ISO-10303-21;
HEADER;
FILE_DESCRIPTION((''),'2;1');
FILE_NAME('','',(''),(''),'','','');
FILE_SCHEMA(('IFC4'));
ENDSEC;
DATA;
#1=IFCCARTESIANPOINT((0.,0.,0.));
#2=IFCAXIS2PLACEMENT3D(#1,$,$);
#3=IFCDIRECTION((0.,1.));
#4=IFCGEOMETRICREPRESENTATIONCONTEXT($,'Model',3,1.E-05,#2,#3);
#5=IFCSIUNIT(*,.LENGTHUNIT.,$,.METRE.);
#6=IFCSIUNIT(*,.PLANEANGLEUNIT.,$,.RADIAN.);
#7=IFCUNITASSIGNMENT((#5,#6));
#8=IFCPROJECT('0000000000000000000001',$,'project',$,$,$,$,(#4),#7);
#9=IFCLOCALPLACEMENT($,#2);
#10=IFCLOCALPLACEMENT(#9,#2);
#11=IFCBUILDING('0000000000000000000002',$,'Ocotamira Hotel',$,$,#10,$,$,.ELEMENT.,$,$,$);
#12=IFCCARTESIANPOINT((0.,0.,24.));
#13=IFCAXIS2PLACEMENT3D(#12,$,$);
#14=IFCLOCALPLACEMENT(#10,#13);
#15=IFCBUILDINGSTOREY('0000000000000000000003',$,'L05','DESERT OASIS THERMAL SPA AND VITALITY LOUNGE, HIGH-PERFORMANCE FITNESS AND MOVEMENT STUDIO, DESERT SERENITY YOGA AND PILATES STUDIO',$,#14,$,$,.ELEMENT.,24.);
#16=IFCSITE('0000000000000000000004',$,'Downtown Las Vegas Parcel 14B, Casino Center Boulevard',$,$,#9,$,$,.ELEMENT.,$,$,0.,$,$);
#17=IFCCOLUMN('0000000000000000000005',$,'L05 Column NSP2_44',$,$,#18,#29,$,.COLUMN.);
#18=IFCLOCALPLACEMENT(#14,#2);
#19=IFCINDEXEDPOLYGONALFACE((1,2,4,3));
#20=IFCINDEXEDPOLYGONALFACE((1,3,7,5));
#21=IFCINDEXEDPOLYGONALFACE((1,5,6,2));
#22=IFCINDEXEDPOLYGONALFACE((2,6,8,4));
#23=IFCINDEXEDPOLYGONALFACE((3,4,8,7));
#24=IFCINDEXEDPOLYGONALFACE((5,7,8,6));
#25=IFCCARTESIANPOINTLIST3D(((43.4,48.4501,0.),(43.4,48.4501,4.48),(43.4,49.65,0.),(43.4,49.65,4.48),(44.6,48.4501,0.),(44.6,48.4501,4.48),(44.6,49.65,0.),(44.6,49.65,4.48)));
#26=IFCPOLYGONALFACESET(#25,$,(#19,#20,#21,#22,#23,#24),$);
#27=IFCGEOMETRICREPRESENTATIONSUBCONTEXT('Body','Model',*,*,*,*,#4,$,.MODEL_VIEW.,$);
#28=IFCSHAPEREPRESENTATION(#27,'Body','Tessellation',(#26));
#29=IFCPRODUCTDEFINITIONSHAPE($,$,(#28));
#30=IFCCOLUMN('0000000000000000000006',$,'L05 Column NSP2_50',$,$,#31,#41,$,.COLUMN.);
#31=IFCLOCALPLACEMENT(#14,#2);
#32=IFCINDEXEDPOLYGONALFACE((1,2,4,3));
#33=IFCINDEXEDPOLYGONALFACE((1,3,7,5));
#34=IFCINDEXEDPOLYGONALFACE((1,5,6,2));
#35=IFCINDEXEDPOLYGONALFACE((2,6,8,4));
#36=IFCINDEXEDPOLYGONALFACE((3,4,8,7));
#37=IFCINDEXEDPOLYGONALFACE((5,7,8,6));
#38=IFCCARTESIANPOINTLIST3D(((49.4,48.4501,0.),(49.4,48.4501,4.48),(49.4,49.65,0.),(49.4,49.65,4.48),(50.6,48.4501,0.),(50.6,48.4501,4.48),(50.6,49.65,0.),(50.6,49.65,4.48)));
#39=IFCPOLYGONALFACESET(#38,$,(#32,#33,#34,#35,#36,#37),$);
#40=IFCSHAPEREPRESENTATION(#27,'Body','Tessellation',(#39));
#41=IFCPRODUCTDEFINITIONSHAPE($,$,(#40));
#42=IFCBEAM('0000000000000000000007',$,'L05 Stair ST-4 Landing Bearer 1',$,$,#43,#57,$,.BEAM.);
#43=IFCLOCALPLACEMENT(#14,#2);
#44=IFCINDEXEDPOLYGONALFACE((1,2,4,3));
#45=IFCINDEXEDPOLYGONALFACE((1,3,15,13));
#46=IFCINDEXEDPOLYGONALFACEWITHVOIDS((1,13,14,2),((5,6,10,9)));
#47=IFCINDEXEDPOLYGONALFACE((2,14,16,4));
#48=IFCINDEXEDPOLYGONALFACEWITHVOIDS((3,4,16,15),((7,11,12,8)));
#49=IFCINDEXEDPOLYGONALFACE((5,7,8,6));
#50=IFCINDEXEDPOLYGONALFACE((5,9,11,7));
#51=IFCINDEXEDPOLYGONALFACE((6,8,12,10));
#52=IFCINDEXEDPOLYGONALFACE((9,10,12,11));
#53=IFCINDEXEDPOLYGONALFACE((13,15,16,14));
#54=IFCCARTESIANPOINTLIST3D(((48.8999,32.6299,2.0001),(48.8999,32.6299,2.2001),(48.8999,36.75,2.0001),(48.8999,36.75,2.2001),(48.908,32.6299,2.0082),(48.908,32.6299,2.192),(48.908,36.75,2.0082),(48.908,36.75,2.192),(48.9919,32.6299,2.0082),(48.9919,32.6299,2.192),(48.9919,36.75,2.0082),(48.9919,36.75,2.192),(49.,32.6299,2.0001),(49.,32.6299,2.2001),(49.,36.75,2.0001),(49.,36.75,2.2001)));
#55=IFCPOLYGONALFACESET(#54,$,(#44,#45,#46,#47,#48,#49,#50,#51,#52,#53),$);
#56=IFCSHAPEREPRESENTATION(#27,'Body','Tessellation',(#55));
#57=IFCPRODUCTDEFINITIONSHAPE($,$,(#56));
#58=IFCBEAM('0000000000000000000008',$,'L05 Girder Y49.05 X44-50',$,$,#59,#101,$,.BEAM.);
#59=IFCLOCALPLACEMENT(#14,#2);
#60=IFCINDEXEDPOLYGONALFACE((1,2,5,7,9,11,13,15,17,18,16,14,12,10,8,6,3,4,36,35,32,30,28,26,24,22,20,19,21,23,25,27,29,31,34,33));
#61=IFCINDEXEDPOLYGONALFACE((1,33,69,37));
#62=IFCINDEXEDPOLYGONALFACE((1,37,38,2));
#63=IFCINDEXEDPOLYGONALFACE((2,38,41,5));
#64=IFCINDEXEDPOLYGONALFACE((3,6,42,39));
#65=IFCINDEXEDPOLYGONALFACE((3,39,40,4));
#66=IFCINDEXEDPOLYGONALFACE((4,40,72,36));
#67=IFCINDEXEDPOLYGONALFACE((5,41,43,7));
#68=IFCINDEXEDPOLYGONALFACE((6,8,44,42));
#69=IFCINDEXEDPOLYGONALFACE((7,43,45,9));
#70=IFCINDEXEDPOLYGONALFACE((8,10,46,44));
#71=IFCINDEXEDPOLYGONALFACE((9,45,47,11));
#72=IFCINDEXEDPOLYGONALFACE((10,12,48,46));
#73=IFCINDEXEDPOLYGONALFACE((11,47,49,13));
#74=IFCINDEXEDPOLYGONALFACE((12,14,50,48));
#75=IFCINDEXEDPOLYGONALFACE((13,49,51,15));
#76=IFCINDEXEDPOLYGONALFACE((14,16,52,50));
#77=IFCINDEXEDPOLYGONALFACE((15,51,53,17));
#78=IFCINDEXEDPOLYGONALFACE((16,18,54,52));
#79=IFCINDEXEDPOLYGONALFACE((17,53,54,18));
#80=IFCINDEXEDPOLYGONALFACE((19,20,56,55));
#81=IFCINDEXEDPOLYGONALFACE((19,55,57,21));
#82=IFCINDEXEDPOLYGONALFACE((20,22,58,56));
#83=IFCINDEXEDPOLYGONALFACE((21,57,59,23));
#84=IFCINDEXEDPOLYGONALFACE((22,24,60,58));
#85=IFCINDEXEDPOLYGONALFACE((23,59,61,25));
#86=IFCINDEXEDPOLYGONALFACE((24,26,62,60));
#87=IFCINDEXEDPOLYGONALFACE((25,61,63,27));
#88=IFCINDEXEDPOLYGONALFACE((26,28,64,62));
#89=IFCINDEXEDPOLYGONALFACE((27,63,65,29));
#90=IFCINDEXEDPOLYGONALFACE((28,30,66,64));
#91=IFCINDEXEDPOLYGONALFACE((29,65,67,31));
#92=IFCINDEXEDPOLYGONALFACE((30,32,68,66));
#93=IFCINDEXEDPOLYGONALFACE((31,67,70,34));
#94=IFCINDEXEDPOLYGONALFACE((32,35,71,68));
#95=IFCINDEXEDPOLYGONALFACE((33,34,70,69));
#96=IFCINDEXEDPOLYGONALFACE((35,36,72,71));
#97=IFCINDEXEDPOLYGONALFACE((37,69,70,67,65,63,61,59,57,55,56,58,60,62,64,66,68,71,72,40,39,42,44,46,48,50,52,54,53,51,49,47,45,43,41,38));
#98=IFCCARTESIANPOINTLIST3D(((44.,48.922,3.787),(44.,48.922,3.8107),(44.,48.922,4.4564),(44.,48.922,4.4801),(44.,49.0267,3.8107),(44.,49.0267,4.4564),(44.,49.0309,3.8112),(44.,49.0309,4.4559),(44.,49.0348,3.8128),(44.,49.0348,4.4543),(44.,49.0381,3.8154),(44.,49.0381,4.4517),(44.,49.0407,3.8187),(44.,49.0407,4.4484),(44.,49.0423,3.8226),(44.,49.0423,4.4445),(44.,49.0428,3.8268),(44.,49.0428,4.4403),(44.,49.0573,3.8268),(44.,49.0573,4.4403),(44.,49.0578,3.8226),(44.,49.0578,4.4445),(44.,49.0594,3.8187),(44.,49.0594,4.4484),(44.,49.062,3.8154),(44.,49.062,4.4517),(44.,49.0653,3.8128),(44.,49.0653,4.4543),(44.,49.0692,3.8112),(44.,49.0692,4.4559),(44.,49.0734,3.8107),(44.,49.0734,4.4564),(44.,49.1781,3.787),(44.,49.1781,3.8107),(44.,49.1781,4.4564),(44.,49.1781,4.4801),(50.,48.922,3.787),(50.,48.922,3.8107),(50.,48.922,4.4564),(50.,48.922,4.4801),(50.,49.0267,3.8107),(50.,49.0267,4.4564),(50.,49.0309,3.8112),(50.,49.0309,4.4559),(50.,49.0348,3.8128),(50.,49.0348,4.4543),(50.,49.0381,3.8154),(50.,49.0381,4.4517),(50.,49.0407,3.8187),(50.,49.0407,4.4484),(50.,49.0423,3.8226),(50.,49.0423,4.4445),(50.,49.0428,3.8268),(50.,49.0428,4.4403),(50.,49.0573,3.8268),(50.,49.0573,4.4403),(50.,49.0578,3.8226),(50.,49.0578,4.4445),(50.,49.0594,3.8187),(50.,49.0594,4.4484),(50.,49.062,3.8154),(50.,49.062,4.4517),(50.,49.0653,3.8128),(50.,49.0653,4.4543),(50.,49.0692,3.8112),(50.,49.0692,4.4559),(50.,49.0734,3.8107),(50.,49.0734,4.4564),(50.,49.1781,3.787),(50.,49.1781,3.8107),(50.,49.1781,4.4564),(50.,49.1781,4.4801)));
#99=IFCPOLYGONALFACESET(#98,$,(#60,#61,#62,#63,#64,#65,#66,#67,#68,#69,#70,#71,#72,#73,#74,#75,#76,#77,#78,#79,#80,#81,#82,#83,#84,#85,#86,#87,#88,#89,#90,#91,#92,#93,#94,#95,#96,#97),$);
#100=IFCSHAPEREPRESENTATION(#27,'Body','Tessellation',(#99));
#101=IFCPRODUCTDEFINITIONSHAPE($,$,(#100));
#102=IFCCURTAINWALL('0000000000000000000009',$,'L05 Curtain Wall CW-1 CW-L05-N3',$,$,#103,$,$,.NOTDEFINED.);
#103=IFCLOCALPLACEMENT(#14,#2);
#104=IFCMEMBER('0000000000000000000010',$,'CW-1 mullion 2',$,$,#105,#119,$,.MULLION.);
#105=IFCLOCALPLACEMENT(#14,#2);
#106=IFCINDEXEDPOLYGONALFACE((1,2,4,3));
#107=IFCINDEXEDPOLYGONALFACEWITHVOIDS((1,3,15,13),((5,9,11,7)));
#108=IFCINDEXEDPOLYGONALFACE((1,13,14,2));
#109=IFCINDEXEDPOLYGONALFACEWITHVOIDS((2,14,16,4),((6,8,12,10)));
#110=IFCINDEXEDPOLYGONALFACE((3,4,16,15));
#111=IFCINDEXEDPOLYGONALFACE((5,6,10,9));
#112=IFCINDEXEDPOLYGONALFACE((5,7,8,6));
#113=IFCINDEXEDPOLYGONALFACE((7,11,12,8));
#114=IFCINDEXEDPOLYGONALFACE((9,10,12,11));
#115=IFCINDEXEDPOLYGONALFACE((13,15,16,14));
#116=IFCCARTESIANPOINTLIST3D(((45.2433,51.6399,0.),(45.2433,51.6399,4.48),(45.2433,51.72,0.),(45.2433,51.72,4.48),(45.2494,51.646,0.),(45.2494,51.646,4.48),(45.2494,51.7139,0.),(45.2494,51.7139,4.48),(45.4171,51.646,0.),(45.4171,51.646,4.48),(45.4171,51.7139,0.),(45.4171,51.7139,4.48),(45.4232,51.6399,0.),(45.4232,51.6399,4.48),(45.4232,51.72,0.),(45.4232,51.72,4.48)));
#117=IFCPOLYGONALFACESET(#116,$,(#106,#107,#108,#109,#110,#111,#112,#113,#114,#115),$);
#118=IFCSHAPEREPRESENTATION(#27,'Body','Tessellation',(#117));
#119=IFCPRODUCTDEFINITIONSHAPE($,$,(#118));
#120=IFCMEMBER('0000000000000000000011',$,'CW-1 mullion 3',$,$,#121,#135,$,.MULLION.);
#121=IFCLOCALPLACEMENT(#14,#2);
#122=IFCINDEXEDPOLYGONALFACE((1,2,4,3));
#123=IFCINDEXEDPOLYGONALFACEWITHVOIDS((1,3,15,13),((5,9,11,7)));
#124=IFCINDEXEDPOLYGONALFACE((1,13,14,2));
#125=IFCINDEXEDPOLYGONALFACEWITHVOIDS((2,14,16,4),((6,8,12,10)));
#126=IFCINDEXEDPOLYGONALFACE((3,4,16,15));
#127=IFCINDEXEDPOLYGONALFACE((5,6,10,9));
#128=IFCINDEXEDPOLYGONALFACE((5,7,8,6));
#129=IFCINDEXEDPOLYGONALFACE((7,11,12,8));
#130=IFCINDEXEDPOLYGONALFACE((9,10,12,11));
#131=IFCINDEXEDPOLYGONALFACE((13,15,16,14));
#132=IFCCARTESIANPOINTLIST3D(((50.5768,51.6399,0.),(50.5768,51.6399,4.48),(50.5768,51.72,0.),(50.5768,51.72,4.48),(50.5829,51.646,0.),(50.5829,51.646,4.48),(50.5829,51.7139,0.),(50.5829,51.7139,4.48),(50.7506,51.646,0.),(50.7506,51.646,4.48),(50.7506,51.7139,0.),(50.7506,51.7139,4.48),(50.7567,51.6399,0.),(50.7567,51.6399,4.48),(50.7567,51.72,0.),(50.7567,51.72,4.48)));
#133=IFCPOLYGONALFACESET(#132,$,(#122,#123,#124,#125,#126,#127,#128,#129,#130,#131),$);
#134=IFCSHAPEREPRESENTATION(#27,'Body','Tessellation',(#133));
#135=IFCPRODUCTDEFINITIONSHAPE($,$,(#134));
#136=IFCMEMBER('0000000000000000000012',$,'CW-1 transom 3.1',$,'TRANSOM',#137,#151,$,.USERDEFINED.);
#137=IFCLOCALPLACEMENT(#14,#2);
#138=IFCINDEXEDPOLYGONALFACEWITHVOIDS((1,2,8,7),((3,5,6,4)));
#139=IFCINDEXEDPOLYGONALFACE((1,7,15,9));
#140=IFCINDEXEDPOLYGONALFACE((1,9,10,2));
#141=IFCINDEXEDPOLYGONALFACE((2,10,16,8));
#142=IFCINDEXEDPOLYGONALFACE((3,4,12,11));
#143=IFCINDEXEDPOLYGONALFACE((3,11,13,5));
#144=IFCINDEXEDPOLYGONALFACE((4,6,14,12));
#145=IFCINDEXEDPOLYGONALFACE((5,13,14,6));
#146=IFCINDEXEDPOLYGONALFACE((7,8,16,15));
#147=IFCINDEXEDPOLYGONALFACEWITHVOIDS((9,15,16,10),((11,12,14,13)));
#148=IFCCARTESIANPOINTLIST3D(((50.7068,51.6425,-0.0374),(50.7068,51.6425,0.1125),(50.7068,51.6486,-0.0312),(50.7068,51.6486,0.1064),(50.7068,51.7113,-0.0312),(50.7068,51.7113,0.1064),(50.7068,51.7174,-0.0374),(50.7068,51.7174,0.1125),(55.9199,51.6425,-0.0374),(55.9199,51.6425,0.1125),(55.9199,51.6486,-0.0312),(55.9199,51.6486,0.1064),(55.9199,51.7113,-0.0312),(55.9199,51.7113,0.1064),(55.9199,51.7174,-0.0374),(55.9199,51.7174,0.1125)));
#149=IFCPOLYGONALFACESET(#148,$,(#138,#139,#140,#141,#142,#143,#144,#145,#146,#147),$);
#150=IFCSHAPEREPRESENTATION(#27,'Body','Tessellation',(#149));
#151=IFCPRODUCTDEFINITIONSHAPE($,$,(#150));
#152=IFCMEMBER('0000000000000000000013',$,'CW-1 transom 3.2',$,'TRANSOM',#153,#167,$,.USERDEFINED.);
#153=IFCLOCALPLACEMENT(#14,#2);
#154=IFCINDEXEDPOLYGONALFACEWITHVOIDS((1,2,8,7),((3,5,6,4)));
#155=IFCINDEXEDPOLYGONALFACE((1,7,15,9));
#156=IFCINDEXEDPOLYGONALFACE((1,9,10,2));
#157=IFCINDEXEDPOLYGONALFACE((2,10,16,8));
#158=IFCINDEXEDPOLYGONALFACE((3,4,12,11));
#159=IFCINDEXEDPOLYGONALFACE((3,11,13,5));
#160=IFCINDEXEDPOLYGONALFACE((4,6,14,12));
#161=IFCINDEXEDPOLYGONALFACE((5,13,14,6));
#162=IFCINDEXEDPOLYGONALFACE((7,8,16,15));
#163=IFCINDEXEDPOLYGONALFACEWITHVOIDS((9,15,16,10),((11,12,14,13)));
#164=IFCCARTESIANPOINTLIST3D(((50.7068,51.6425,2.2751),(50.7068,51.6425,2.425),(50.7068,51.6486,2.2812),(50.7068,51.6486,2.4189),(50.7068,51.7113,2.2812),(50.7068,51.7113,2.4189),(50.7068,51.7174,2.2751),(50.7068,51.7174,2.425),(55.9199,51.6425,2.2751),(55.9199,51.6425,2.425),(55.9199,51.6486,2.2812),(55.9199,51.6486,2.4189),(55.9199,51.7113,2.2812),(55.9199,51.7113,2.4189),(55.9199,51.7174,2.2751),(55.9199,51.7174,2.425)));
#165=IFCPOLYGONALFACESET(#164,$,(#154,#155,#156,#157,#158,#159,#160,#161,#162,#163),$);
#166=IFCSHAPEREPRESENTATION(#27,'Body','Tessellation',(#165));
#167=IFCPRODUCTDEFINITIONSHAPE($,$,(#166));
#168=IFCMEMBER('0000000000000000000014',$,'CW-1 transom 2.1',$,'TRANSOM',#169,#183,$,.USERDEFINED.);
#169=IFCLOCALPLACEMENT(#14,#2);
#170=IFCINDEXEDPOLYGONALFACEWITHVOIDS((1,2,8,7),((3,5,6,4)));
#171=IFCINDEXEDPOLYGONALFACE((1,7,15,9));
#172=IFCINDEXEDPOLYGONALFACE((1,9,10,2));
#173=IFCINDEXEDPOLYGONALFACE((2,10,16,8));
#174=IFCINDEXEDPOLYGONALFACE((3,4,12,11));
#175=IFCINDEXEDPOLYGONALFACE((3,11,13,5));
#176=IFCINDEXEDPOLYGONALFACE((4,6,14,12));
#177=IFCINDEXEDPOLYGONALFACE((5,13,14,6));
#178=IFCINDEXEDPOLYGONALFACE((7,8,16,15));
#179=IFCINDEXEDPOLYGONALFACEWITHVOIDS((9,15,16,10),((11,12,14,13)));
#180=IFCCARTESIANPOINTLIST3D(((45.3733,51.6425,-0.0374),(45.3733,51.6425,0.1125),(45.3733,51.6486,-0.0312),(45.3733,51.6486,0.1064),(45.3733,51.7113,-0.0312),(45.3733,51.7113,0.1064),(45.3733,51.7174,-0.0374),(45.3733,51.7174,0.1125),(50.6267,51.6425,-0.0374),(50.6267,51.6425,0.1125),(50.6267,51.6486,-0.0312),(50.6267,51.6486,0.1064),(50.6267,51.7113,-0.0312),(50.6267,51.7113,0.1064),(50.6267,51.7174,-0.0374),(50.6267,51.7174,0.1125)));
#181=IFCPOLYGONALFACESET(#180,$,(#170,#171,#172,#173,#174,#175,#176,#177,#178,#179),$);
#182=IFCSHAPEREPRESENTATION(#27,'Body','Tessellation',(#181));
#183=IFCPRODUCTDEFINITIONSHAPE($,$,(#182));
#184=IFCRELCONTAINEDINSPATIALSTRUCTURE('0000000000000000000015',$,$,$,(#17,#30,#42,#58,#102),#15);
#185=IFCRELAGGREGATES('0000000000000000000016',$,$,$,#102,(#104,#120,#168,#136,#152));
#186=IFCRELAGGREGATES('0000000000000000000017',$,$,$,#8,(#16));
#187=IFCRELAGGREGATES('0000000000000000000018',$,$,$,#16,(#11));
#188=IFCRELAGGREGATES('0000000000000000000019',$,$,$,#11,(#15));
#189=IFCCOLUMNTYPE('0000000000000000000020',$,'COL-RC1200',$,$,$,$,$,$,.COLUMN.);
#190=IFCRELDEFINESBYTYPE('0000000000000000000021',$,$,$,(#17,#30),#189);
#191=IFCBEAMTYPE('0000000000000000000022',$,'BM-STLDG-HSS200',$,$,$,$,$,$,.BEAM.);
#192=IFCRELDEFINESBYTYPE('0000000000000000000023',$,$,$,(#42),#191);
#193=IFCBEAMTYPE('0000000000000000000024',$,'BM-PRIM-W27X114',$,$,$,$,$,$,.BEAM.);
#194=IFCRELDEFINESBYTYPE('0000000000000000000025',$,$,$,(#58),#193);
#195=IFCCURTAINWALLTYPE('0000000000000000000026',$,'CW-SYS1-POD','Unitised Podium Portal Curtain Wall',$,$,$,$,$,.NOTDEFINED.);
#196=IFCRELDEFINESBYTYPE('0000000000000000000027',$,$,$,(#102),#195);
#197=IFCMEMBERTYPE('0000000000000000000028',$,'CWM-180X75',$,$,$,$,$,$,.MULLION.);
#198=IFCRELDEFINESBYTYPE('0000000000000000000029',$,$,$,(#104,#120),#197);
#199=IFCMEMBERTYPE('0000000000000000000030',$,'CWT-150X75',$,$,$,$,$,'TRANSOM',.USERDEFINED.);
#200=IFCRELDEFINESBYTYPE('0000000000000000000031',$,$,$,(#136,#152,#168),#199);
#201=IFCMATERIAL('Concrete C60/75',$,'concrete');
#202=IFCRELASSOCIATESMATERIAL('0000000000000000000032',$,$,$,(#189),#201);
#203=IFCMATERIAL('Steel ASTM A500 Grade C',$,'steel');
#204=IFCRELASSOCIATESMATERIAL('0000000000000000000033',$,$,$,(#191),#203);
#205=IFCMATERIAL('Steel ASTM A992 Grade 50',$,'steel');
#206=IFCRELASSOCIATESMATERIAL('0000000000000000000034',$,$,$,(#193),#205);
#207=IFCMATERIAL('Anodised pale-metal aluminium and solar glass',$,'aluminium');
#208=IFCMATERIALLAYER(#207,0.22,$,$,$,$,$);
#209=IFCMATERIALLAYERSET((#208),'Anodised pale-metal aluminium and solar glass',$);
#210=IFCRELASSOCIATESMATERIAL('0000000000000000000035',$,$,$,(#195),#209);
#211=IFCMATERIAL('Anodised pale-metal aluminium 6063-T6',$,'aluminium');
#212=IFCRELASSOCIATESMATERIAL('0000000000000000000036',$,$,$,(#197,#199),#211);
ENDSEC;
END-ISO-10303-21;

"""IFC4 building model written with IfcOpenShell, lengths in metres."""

from ifc_helpers import new_model, si_unit, direction, frame, origin, origin_2d, place, context, subcontext, project, spatial, rectangle, hollow_rectangle, i_section, extrude, source, transform, mapped, material, layer, layer_set, material_profile, profile_set, type_object, element, aggregate, save


model = new_model("IFC4")

# Units and contexts
model_context = context("Model", 3, precision=1e-05, world=origin(), true_north=direction((0.0, 1.0)))
body_context = subcontext(model_context, "Body", "Model", "MODEL_VIEW")
ifc_project = project(units=[si_unit("LENGTHUNIT", "METRE"), si_unit("PLANEANGLEUNIT", "RADIAN")], contexts=[model_context])

# Site, building, storey
site_placement = place(None, origin())
site = spatial("IfcSite", under=ifc_project, at=site_placement, Name="Downtown Las Vegas Parcel 14B, Casino Center Boulevard", CompositionType="ELEMENT", RefElevation=0.0)
building_placement = place(site_placement, origin())
building = spatial("IfcBuilding", under=site, at=building_placement, Name="Ocotamira Hotel", CompositionType="ELEMENT")
storey_placement = place(building_placement, frame((0.0, 0.0, 24.0)))
storey = spatial("IfcBuildingStorey", under=building, at=storey_placement, Name="L05", Description="DESERT OASIS THERMAL SPA AND VITALITY LOUNGE, HIGH-PERFORMANCE FITNESS AND MOVEMENT STUDIO, DESERT SERENITY YOGA AND PILATES STUDIO", CompositionType="ELEMENT", Elevation=24.0)

# Columns
ifc_material_1 = material(Name="Concrete C60/75", Category="concrete")
ifc_material_profile_1 = material_profile(ifc_material_1, rectangle(XDim=1.2, YDim=1.2, at=origin_2d()), Name="RC1200X1200")
ifc_profile_set_1 = profile_set([ifc_material_profile_1], Name="Concrete C60/75")
column_type = type_object("IfcColumnType", Name="COL-RC1200", PredefinedType="COLUMN", material=ifc_profile_set_1)
shared_shape_1 = source(origin(), body_context, "Body", "SweptSolid", [
    extrude(rectangle(XDim=1.2, YDim=1.2, at=origin_2d()), origin(), (0.0, 0.0, 1.0), 4.48),
])
for number, where, z_axis, x_axis, name in (
    (1, (44.0, 49.05, 0.0), (0.0, 0.0, 1.0), (1.0, 0.0, 0.0), "L05 Column NSP2_44"),
    (2, (50.0, 49.05, 0.0), (0.0, 0.0, 1.0), (1.0, 0.0, 0.0), "L05 Column NSP2_50"),
):
    element("IfcColumn", number, at=place(storey_placement, frame(where, z_axis=z_axis, x_axis=x_axis)), inside=storey, type_object=column_type, Name=name, PredefinedType="COLUMN", context=body_context, shape_type="MappedRepresentation", body=[
        mapped(shared_shape_1, transform((0.0, 0.0, 0.0), scale=1.0)),
    ])

# Beams
ifc_material_2 = material(Name="Steel ASTM A500 Grade C", Category="steel")
ifc_material_profile_2 = material_profile(ifc_material_2, hollow_rectangle(XDim=0.1001, YDim=0.2, WallThickness=0.0081, at=origin_2d()), Name="HSS200X100X8")
ifc_profile_set_2 = profile_set([ifc_material_profile_2], Name="Steel ASTM A500 Grade C")
beam_type_1 = type_object("IfcBeamType", Name="BM-STLDG-HSS200", PredefinedType="BEAM", material=ifc_profile_set_2)
shared_shape_2 = source(origin(), body_context, "Body", "SweptSolid", [
    extrude(hollow_rectangle(XDim=0.1001, YDim=0.2, WallThickness=0.0081, at=origin_2d()), origin(), (0.0, 0.0, 1.0), 4.1201),
])
beam_1_placement = place(storey_placement, frame((48.95, 32.6299, 2.1001), z_axis=(0.0, 1.0, 0.0), x_axis=(-1.0, 0.0, 0.0)))
element("IfcBeam", 3, at=beam_1_placement, inside=storey, type_object=beam_type_1, Name="L05 Stair ST-4 Landing Bearer 1", PredefinedType="BEAM", context=body_context, shape_type="MappedRepresentation", body=[
    mapped(shared_shape_2, transform((0.0, 0.0, 0.0), scale=1.0)),
])
ifc_material_3 = material(Name="Steel ASTM A992 Grade 50", Category="steel")
ifc_material_profile_3 = material_profile(ifc_material_3, i_section(OverallWidth=0.2561, OverallDepth=0.6931, WebThickness=0.0144, FlangeThickness=0.0237, FilletRadius=0.0161, at=origin_2d()), Name="W27X114")
ifc_profile_set_3 = profile_set([ifc_material_profile_3], Name="Steel ASTM A992 Grade 50")
beam_type_2 = type_object("IfcBeamType", Name="BM-PRIM-W27X114", PredefinedType="BEAM", material=ifc_profile_set_3)
shared_shape_3 = source(origin(), body_context, "Body", "SweptSolid", [
    extrude(i_section(OverallWidth=0.2561, OverallDepth=0.6931, WebThickness=0.0144, FlangeThickness=0.0237, FilletRadius=0.0161, at=origin_2d()), origin(), (0.0, 0.0, 1.0), 6.0),
])
beam_2_placement = place(storey_placement, frame((44.0, 49.05, 4.1335), z_axis=(1.0, 0.0, 0.0), x_axis=(0.0, 1.0, 0.0)))
element("IfcBeam", 4, at=beam_2_placement, inside=storey, type_object=beam_type_2, Name="L05 Girder Y49.05 X44-50", PredefinedType="BEAM", context=body_context, shape_type="MappedRepresentation", body=[
    mapped(shared_shape_3, transform((0.0, 0.0, 0.0), scale=1.0)),
])

# Curtain wall, members
ifc_material_4 = material(Name="Anodised pale-metal aluminium and solar glass", Category="aluminium")
ifc_layer_1 = layer(ifc_material_4, 0.22)
ifc_layer_set_1 = layer_set([ifc_layer_1], Name="Anodised pale-metal aluminium and solar glass")
curtain_wall_type = type_object("IfcCurtainWallType", Name="CW-SYS1-POD", Description="Unitised Podium Portal Curtain Wall", PredefinedType="NOTDEFINED", material=ifc_layer_set_1)
curtain_wall_placement = place(storey_placement, origin())
curtain_wall = element("IfcCurtainWall", 5, at=curtain_wall_placement, inside=storey, type_object=curtain_wall_type, Name="L05 Curtain Wall CW-1 CW-L05-N3", PredefinedType="NOTDEFINED")
ifc_material_5 = material(Name="Anodised pale-metal aluminium 6063-T6", Category="aluminium")
ifc_material_profile_4 = material_profile(ifc_material_5, hollow_rectangle(XDim=0.0801, YDim=0.1799, WallThickness=0.0061, at=origin_2d()), Name="HSS180X80X6")
ifc_profile_set_4 = profile_set([ifc_material_profile_4], Name="Anodised pale-metal aluminium 6063-T6")
member_type_1 = type_object("IfcMemberType", Name="CWM-180X75", PredefinedType="MULLION", material=ifc_profile_set_4)
shared_shape_4 = source(origin(), body_context, "Body", "SweptSolid", [
    extrude(hollow_rectangle(XDim=0.0801, YDim=0.1799, WallThickness=0.0061, at=origin_2d()), origin(), (0.0, 0.0, 1.0), 4.48),
])
member_1_placement = place(storey_placement, frame((45.3333, 51.6799, 0.0), z_axis=(0.0, 0.0, 1.0), x_axis=(0.0, 1.0, 0.0)))
member_1 = element("IfcMember", 6, at=member_1_placement, type_object=member_type_1, Name="CW-1 mullion 2", PredefinedType="MULLION", context=body_context, shape_type="MappedRepresentation", body=[
    mapped(shared_shape_4, transform((0.0, 0.0, 0.0), scale=1.0)),
])
member_2_placement = place(storey_placement, frame((50.6667, 51.6799, 0.0), z_axis=(0.0, 0.0, 1.0), x_axis=(0.0, 1.0, 0.0)))
member_2 = element("IfcMember", 7, at=member_2_placement, type_object=member_type_1, Name="CW-1 mullion 3", PredefinedType="MULLION", context=body_context, shape_type="MappedRepresentation", body=[
    mapped(shared_shape_4, transform((0.0, 0.0, 0.0), scale=1.0)),
])
ifc_material_profile_5 = material_profile(ifc_material_5, hollow_rectangle(XDim=0.075, YDim=0.1499, WallThickness=0.0061, at=origin_2d()), Name="HSS150X75X6")
ifc_profile_set_5 = profile_set([ifc_material_profile_5], Name="Anodised pale-metal aluminium 6063-T6")
member_type_2 = type_object("IfcMemberType", Name="CWT-150X75", ElementType="TRANSOM", PredefinedType="USERDEFINED", material=ifc_profile_set_5)
shared_shape_5 = source(origin(), body_context, "Body", "SweptSolid", [
    extrude(hollow_rectangle(XDim=0.075, YDim=0.1499, WallThickness=0.0061, at=origin_2d()), origin(), (0.0, 0.0, 1.0), 5.2131),
])
member_3_placement = place(storey_placement, frame((50.7068, 51.6799, 0.0376), z_axis=(1.0, 0.0, 0.0), x_axis=(0.0, 1.0, 0.0)))
member_3 = element("IfcMember", 8, at=member_3_placement, type_object=member_type_2, Name="CW-1 transom 3.1", ObjectType="TRANSOM", PredefinedType="USERDEFINED", context=body_context, shape_type="MappedRepresentation", body=[
    mapped(shared_shape_5, transform((0.0, 0.0, 0.0), scale=1.0)),
])
member_4_placement = place(storey_placement, frame((50.7068, 51.6799, 2.3501), z_axis=(1.0, 0.0, 0.0), x_axis=(0.0, 1.0, 0.0)))
member_4 = element("IfcMember", 9, at=member_4_placement, type_object=member_type_2, Name="CW-1 transom 3.2", ObjectType="TRANSOM", PredefinedType="USERDEFINED", context=body_context, shape_type="MappedRepresentation", body=[
    mapped(shared_shape_5, transform((0.0, 0.0, 0.0), scale=1.0)),
])
shared_shape_6 = source(origin(), body_context, "Body", "SweptSolid", [
    extrude(hollow_rectangle(XDim=0.075, YDim=0.1499, WallThickness=0.0061, at=origin_2d()), origin(), (0.0, 0.0, 1.0), 5.2534),
])
member_5_placement = place(storey_placement, frame((45.3733, 51.6799, 0.0376), z_axis=(1.0, 0.0, 0.0), x_axis=(0.0, 1.0, 0.0)))
member_5 = element("IfcMember", 10, at=member_5_placement, type_object=member_type_2, Name="CW-1 transom 2.1", ObjectType="TRANSOM", PredefinedType="USERDEFINED", context=body_context, shape_type="MappedRepresentation", body=[
    mapped(shared_shape_6, transform((0.0, 0.0, 0.0), scale=1.0)),
])
aggregate(curtain_wall, [member_1, member_2, member_5, member_3, member_4])

save(model, "model.ifc")
